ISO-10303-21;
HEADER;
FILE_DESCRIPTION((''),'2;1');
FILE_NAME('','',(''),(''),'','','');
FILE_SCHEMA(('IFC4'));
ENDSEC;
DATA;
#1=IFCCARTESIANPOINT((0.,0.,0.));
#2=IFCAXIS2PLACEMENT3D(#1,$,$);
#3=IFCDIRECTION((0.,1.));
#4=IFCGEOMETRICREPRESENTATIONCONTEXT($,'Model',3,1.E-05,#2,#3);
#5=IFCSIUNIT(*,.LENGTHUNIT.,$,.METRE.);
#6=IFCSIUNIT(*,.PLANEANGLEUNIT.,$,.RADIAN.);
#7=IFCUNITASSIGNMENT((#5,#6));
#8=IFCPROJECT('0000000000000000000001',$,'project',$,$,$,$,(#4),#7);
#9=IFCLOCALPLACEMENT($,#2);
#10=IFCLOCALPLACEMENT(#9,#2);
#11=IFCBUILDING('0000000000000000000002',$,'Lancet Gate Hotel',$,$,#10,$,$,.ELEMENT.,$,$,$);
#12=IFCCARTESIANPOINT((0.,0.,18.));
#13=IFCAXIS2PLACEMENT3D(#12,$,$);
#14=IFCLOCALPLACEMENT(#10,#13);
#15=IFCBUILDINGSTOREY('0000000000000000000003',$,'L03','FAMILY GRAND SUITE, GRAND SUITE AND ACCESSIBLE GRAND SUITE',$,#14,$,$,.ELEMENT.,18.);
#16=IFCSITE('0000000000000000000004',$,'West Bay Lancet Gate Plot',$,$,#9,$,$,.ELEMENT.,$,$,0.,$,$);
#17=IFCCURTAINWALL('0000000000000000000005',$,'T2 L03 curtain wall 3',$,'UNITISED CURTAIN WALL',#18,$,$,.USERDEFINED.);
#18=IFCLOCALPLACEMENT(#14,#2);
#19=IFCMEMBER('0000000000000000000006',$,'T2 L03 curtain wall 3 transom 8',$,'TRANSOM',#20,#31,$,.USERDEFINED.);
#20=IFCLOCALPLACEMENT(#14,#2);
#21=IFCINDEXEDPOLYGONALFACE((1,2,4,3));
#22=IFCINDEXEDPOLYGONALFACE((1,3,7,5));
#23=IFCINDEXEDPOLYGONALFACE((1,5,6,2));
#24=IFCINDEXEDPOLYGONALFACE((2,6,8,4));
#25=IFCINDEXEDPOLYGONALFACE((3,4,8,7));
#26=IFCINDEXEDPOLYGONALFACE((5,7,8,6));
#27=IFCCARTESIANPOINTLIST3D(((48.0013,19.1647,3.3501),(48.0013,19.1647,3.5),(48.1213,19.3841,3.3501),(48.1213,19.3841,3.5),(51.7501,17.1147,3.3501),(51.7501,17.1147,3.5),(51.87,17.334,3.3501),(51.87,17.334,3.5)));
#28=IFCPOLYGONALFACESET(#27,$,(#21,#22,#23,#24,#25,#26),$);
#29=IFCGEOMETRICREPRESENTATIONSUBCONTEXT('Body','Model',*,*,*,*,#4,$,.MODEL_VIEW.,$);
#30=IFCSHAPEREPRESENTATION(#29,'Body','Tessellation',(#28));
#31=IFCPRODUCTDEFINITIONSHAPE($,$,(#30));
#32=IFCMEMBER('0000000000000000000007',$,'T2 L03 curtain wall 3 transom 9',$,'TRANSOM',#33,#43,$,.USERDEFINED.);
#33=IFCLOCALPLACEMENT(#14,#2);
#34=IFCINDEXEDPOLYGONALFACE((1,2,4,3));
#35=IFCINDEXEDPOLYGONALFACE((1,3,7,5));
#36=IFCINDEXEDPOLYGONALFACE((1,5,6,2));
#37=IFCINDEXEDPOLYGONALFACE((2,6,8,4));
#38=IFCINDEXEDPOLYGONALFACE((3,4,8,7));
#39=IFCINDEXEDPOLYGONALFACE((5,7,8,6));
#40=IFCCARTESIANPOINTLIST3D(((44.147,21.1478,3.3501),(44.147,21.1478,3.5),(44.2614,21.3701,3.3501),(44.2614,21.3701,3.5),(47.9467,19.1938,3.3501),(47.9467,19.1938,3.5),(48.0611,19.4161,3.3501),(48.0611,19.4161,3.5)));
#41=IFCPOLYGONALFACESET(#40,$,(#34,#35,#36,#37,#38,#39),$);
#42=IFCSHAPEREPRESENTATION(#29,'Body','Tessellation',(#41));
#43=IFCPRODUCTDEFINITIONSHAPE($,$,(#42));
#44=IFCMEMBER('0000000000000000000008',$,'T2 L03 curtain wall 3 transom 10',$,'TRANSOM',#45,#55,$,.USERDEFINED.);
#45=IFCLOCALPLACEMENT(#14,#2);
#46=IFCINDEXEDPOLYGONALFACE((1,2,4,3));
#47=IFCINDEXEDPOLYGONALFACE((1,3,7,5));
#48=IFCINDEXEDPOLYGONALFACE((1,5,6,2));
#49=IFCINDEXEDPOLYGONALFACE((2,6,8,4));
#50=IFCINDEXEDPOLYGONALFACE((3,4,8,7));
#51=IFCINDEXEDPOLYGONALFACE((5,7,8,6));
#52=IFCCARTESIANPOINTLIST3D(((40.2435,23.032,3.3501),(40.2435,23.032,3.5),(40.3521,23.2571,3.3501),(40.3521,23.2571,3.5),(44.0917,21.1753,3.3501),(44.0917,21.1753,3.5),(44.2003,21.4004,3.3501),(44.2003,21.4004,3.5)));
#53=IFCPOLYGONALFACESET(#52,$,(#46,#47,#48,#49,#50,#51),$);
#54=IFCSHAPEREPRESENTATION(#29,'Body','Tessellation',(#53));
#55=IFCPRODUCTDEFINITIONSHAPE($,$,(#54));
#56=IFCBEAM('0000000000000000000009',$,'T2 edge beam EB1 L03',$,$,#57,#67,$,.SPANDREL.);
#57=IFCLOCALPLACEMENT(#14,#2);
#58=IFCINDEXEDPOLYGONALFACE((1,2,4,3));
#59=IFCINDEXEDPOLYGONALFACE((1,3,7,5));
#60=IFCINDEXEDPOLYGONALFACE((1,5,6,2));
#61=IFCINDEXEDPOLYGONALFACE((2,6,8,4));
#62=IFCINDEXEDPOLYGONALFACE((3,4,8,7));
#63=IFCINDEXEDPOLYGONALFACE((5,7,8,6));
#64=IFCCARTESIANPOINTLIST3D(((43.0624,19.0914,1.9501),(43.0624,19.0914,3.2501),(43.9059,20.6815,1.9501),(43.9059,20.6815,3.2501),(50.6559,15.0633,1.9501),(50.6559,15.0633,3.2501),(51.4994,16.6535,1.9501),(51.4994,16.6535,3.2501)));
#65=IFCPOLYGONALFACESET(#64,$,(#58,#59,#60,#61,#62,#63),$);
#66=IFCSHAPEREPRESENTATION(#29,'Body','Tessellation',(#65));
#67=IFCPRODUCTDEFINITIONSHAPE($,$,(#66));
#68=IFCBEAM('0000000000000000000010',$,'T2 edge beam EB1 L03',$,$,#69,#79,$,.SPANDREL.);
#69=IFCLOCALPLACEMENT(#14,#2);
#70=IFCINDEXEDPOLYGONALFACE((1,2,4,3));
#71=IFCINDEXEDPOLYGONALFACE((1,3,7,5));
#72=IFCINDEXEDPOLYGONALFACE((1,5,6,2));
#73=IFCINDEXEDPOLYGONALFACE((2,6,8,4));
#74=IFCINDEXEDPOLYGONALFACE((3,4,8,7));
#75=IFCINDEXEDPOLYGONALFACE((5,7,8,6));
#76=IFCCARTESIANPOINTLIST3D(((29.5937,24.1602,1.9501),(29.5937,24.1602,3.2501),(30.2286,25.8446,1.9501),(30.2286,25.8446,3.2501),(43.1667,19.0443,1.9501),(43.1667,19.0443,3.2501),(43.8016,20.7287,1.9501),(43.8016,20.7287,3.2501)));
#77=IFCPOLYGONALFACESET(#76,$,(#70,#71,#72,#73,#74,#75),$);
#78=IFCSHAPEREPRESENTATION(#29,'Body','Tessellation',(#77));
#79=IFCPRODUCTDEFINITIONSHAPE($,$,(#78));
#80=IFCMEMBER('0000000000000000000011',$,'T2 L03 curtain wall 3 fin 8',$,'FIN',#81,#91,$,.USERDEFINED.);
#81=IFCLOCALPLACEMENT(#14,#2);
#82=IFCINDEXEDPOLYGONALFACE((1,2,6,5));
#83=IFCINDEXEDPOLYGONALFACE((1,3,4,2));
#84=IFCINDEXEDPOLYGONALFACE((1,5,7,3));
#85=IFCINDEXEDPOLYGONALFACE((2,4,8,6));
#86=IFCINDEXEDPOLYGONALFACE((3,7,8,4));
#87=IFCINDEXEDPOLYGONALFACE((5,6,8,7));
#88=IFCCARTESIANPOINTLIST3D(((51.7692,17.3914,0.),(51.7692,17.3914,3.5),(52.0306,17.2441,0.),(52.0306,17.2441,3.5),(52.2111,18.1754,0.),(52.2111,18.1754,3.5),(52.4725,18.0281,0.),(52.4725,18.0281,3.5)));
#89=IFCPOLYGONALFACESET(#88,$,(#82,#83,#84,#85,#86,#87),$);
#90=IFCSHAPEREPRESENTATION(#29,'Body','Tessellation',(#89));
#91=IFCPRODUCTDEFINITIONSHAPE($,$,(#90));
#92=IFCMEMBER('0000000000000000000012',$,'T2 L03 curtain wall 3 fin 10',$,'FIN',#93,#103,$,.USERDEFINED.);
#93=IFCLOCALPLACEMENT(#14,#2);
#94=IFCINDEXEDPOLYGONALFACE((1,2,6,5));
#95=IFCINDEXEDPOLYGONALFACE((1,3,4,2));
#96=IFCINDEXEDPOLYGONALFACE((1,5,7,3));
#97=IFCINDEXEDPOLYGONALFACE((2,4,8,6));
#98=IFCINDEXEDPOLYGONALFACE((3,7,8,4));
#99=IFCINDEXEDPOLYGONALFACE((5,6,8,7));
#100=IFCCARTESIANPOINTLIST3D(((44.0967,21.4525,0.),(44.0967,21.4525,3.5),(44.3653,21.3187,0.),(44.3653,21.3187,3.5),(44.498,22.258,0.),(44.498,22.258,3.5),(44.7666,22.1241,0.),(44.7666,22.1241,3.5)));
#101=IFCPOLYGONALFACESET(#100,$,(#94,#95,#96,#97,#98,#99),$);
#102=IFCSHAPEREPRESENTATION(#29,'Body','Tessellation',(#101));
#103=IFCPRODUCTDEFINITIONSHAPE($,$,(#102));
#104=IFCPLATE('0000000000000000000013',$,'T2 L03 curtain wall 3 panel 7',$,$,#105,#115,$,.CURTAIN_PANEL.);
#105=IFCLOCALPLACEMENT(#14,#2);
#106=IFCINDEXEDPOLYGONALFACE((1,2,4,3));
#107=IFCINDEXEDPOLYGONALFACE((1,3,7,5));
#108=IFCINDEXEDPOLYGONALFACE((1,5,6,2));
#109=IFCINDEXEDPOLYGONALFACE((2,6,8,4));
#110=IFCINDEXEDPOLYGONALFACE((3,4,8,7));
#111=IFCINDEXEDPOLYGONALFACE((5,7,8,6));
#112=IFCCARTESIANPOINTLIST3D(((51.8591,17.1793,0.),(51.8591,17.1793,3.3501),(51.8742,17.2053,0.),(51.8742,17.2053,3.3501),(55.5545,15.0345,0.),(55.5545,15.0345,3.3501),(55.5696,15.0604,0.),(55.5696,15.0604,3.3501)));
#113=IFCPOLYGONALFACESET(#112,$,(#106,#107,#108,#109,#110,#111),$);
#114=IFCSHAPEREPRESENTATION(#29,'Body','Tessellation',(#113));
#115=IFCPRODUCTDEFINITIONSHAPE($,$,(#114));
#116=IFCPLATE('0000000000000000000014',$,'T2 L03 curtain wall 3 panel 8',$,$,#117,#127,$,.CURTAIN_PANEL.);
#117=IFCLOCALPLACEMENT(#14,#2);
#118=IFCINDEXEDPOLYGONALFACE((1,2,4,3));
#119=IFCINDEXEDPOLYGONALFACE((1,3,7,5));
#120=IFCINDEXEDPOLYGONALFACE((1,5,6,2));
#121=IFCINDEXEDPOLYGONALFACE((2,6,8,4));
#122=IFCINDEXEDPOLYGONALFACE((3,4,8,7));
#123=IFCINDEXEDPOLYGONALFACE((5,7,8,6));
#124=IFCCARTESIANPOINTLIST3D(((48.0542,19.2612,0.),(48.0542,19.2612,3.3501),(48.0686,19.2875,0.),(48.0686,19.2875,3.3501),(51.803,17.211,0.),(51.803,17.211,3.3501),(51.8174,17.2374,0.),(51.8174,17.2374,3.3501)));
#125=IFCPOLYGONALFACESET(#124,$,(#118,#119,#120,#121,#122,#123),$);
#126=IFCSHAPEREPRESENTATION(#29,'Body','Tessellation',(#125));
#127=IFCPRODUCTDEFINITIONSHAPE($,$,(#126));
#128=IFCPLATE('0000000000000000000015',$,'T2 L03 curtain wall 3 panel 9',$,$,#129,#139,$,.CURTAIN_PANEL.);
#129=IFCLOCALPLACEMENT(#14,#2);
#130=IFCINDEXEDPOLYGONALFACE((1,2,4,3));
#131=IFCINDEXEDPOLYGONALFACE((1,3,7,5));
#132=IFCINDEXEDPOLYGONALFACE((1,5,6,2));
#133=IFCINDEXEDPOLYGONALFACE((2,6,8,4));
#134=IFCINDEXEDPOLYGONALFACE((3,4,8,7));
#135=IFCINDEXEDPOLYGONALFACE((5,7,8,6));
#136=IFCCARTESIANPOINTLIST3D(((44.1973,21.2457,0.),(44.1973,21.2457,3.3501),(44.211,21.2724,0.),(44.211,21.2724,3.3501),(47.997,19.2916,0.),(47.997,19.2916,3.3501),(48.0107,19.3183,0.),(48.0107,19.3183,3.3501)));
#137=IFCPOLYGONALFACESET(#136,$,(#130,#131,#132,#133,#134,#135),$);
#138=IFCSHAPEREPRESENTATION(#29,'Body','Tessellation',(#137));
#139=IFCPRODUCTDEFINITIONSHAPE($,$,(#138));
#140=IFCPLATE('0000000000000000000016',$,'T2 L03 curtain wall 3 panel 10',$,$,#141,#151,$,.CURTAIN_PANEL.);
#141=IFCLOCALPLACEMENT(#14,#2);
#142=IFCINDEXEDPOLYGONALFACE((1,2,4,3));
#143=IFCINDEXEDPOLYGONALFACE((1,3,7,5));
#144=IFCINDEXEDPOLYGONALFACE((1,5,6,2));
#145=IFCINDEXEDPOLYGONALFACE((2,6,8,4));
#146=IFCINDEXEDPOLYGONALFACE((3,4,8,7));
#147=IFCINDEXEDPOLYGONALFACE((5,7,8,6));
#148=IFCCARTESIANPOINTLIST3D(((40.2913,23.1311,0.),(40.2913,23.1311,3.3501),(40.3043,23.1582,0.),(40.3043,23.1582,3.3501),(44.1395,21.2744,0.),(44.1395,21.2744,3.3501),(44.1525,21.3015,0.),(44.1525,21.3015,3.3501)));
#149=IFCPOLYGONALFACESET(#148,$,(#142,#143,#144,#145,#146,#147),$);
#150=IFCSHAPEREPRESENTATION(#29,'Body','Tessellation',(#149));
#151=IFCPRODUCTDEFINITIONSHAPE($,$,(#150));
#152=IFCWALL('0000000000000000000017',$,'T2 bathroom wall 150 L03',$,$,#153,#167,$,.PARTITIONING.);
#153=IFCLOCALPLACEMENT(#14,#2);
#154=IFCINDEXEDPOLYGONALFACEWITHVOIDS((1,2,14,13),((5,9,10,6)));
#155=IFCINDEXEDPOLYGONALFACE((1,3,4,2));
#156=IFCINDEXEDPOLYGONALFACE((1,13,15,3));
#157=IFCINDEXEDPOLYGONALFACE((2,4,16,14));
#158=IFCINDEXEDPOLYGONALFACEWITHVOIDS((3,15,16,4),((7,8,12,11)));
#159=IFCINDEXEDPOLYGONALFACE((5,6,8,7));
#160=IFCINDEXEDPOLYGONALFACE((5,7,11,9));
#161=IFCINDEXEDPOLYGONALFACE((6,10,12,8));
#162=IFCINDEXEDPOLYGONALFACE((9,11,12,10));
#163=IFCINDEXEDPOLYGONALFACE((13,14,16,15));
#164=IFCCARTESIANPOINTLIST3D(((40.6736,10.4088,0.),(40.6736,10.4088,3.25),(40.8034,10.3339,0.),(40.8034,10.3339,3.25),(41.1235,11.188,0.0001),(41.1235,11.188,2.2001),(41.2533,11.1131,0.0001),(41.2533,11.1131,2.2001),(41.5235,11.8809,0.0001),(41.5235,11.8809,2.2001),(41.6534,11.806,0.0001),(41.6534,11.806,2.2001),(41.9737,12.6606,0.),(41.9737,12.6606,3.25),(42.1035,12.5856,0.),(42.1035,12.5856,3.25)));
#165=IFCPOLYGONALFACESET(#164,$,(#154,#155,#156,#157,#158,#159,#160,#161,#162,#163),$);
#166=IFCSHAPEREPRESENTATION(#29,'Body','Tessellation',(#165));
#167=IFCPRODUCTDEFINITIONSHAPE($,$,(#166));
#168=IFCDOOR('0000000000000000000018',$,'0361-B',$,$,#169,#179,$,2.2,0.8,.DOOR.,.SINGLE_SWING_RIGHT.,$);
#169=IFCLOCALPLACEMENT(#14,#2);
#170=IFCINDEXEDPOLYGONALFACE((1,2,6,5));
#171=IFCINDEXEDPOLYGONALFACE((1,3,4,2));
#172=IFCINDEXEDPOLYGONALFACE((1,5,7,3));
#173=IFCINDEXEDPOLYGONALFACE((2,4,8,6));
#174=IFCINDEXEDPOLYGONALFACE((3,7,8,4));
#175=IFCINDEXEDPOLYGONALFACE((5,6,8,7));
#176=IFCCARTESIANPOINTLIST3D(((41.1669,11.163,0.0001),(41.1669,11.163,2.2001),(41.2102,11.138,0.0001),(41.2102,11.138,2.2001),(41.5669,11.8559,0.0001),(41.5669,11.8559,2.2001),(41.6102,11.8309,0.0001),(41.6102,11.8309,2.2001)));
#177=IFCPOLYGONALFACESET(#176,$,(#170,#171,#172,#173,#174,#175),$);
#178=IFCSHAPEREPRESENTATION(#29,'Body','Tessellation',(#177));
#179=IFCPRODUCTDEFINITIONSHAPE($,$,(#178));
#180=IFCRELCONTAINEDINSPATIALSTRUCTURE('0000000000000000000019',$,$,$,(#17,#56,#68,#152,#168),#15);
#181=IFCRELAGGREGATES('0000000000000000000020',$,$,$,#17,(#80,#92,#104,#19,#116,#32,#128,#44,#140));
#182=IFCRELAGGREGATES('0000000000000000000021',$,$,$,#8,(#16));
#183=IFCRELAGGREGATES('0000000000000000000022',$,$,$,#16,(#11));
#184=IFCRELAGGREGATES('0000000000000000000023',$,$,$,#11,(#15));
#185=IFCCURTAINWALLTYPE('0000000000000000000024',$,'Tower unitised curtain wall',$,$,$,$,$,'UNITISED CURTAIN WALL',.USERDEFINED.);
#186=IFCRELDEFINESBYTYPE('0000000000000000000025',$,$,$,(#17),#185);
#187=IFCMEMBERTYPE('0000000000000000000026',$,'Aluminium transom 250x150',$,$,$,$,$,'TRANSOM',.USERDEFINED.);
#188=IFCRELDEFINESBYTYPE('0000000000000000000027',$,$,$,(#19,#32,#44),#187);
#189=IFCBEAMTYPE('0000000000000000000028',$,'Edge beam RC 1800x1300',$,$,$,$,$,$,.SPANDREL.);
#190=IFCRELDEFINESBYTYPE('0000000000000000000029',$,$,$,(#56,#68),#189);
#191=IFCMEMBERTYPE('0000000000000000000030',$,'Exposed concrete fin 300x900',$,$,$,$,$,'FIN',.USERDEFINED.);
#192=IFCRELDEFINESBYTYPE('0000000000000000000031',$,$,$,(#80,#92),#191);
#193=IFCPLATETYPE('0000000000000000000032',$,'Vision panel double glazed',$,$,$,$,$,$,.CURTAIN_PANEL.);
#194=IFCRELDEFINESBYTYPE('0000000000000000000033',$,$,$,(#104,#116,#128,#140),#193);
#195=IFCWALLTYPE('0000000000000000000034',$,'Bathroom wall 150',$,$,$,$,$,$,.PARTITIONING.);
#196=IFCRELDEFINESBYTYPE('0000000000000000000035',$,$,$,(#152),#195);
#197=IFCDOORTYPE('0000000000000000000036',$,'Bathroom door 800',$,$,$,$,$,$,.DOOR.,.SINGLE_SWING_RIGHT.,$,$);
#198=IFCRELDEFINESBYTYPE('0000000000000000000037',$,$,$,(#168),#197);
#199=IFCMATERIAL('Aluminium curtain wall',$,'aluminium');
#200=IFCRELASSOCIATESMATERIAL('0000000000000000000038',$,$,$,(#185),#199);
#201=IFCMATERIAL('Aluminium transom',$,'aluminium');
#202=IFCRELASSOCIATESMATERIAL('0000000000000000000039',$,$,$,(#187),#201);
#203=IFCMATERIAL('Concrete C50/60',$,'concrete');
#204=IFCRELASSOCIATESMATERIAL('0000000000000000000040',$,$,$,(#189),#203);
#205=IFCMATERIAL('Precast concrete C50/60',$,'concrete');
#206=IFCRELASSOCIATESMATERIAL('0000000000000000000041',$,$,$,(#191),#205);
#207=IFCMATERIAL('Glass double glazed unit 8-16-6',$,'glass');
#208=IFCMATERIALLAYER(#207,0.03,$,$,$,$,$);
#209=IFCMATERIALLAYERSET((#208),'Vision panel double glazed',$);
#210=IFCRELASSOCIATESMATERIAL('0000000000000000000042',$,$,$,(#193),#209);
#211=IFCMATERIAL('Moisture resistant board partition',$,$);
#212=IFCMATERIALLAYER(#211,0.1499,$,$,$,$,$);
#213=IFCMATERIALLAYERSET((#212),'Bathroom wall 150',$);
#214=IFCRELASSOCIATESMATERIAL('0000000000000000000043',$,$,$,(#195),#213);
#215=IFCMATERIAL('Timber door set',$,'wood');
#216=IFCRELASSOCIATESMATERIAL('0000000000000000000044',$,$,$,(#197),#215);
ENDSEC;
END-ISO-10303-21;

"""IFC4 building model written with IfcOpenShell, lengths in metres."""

from ifc_helpers import new_model, si_unit, direction, frame, frame_2d, origin, origin_2d, place, context, subcontext, project, spatial, rectangle, extrude, material, layer, layer_set, material_profile, profile_set, type_object, element, fill, aggregate, save


model = new_model("IFC4")

# Units and contexts
model_context = context("Model", 3, precision=1e-05, world=origin(), true_north=direction((0.0, 1.0)))
body_context = subcontext(model_context, "Body", "Model", "MODEL_VIEW")
ifc_project = project(units=[si_unit("LENGTHUNIT", "METRE"), si_unit("PLANEANGLEUNIT", "RADIAN")], contexts=[model_context])

# Site, building, storey
site_placement = place(None, origin())
site = spatial("IfcSite", under=ifc_project, at=site_placement, Name="West Bay Lancet Gate Plot", CompositionType="ELEMENT", RefElevation=0.0)
building_placement = place(site_placement, origin())
building = spatial("IfcBuilding", under=site, at=building_placement, Name="Lancet Gate Hotel", CompositionType="ELEMENT")
storey_placement = place(building_placement, frame((0.0, 0.0, 18.0)))
storey = spatial("IfcBuildingStorey", under=building, at=storey_placement, Name="L03", Description="FAMILY GRAND SUITE, GRAND SUITE AND ACCESSIBLE GRAND SUITE", CompositionType="ELEMENT", Elevation=18.0)

# Curtain wall, members
ifc_material_1 = material(Name="Aluminium curtain wall", Category="aluminium")
curtain_wall_type = type_object("IfcCurtainWallType", Name="Tower unitised curtain wall", ElementType="UNITISED CURTAIN WALL", PredefinedType="USERDEFINED", material=ifc_material_1)
curtain_wall_placement = place(storey_placement, origin())
curtain_wall = element("IfcCurtainWall", 1, at=curtain_wall_placement, inside=storey, type_object=curtain_wall_type, Name="T2 L03 curtain wall 3", ObjectType="UNITISED CURTAIN WALL", PredefinedType="USERDEFINED")
ifc_material_2 = material(Name="Aluminium transom", Category="aluminium")
ifc_material_profile_1 = material_profile(ifc_material_2, rectangle(XDim=0.25, YDim=0.1499, at=origin_2d()), Name="TRANSOM 250x150")
ifc_profile_set_1 = profile_set([ifc_material_profile_1], Name="Aluminium transom")
member_type_1 = type_object("IfcMemberType", Name="Aluminium transom 250x150", ElementType="TRANSOM", PredefinedType="USERDEFINED", material=ifc_profile_set_1)
member_1_placement = place(storey_placement, frame((51.8101, 17.2244, 3.425), z_axis=(-0.877378, 0.479801, 0.0), x_axis=(-0.479801, -0.877378, 0.0)))
member_1 = element("IfcMember", 2, at=member_1_placement, type_object=member_type_1, Name="T2 L03 curtain wall 3 transom 8", ObjectType="TRANSOM", PredefinedType="USERDEFINED", context=body_context, shape_type="SweptSolid", body=[
    extrude(rectangle(XDim=0.25, YDim=0.1499, at=origin_2d()), origin(), (0.0, 0.0, 1.0), 4.2727),
])
member_2_placement = place(storey_placement, frame((48.0039, 19.3049, 3.425), z_axis=(-0.889296, 0.457333, 0.0), x_axis=(-0.457333, -0.889296, 0.0)))
member_2 = element("IfcMember", 3, at=member_2_placement, type_object=member_type_1, Name="T2 L03 curtain wall 3 transom 9", ObjectType="TRANSOM", PredefinedType="USERDEFINED", context=body_context, shape_type="SweptSolid", body=[
    extrude(rectangle(XDim=0.25, YDim=0.1499, at=origin_2d()), origin(), (0.0, 0.0, 1.0), 4.2727),
])
member_3_placement = place(storey_placement, frame((44.146, 21.2878, 3.425), z_axis=(-0.900646, 0.434553, 0.0), x_axis=(-0.434553, -0.900646, 0.0)))
member_3 = element("IfcMember", 4, at=member_3_placement, type_object=member_type_1, Name="T2 L03 curtain wall 3 transom 10", ObjectType="TRANSOM", PredefinedType="USERDEFINED", context=body_context, shape_type="SweptSolid", body=[
    extrude(rectangle(XDim=0.25, YDim=0.1499, at=origin_2d()), origin(), (0.0, 0.0, 1.0), 4.2727),
])

# Beams
ifc_material_3 = material(Name="Concrete C50/60", Category="concrete")
ifc_material_profile_2 = material_profile(ifc_material_3, rectangle(XDim=1.8, YDim=1.3, at=origin_2d()), Name="RC 1800x1300")
ifc_profile_set_2 = profile_set([ifc_material_profile_2], Name="Concrete C50/60")
beam_type = type_object("IfcBeamType", Name="Edge beam RC 1800x1300", PredefinedType="SPANDREL", material=ifc_profile_set_2)
beam_1_placement = place(storey_placement, frame((51.0776, 15.8584, 2.6001), z_axis=(-0.883403, 0.468613, 0.0), x_axis=(-0.468613, -0.883403, 0.0)))
element("IfcBeam", 5, at=beam_1_placement, inside=storey, type_object=beam_type, Name="T2 edge beam EB1 L03", PredefinedType="SPANDREL", context=body_context, shape_type="SweptSolid", body=[
    extrude(rectangle(XDim=1.8, YDim=1.3, at=origin_2d()), origin(), (0.0, 0.0, 1.0), 8.5957),
])
beam_2_placement = place(storey_placement, frame((43.4841, 19.8865, 2.6001), z_axis=(-0.935736, 0.3527, 0.0), x_axis=(-0.3527, -0.935736, 0.0)))
element("IfcBeam", 6, at=beam_2_placement, inside=storey, type_object=beam_type, Name="T2 edge beam EB1 L03", PredefinedType="SPANDREL", context=body_context, shape_type="SweptSolid", body=[
    extrude(rectangle(XDim=1.8, YDim=1.3, at=origin_2d()), origin(), (0.0, 0.0, 1.0), 14.5051),
])

# Members
ifc_material_4 = material(Name="Precast concrete C50/60", Category="concrete")
ifc_material_profile_3 = material_profile(ifc_material_4, rectangle(XDim=0.3, YDim=0.8999, at=origin_2d()), Name="FIN 300x900")
ifc_profile_set_3 = profile_set([ifc_material_profile_3], Name="Precast concrete C50/60")
member_type_2 = type_object("IfcMemberType", Name="Exposed concrete fin 300x900", ElementType="FIN", PredefinedType="USERDEFINED", material=ifc_profile_set_3)
member_4_placement = place(storey_placement, frame((52.1208, 17.7097, 0.0), z_axis=(0.0, 0.0, 1.0), x_axis=(-0.87119, 0.490945, 0.0)))
member_4 = element("IfcMember", 7, at=member_4_placement, type_object=member_type_2, Name="T2 L03 curtain wall 3 fin 8", ObjectType="FIN", PredefinedType="USERDEFINED", context=body_context, shape_type="SweptSolid", body=[
    extrude(rectangle(XDim=0.3, YDim=0.8999, at=origin_2d()), origin(), (0.0, 0.0, 1.0), 3.5),
])
member_5_placement = place(storey_placement, frame((44.4316, 21.7883, 0.0), z_axis=(0.0, 0.0, 1.0), x_axis=(-0.895044, 0.445978, 0.0)))
member_5 = element("IfcMember", 8, at=member_5_placement, type_object=member_type_2, Name="T2 L03 curtain wall 3 fin 10", ObjectType="FIN", PredefinedType="USERDEFINED", context=body_context, shape_type="SweptSolid", body=[
    extrude(rectangle(XDim=0.3, YDim=0.8999, at=origin_2d()), origin(), (0.0, 0.0, 1.0), 3.5),
])

# Plates
ifc_material_5 = material(Name="Glass double glazed unit 8-16-6", Category="glass")
ifc_layer_1 = layer(ifc_material_5, 0.03)
ifc_layer_set_1 = layer_set([ifc_layer_1], Name="Vision panel double glazed")
plate_type = type_object("IfcPlateType", Name="Vision panel double glazed", PredefinedType="CURTAIN_PANEL", material=ifc_layer_set_1)
plate_1_placement = place(storey_placement, frame((53.7144, 16.1199, 0.0), z_axis=(0.0, 0.0, 1.0), x_axis=(-0.864872, 0.501993, 0.0)))
plate_1 = element("IfcPlate", 9, at=plate_1_placement, type_object=plate_type, Name="T2 L03 curtain wall 3 panel 7", PredefinedType="CURTAIN_PANEL", context=body_context, shape_type="SweptSolid", body=[
    extrude(rectangle(XDim=4.2727, YDim=0.03, at=origin_2d()), origin(), (0.0, 0.0, 1.0), 3.3501),
])
plate_2_placement = place(storey_placement, frame((49.9358, 18.2493, 0.0), z_axis=(0.0, 0.0, 1.0), x_axis=(-0.877368, 0.479818, 0.0)))
plate_2 = element("IfcPlate", 10, at=plate_2_placement, type_object=plate_type, Name="T2 L03 curtain wall 3 panel 8", PredefinedType="CURTAIN_PANEL", context=body_context, shape_type="SweptSolid", body=[
    extrude(rectangle(XDim=4.2727, YDim=0.03, at=origin_2d()), origin(), (0.0, 0.0, 1.0), 3.3501),
])
plate_3_placement = place(storey_placement, frame((46.104, 20.282, 0.0), z_axis=(0.0, 0.0, 1.0), x_axis=(-0.889296, 0.457332, 0.0)))
plate_3 = element("IfcPlate", 11, at=plate_3_placement, type_object=plate_type, Name="T2 L03 curtain wall 3 panel 9", PredefinedType="CURTAIN_PANEL", context=body_context, shape_type="SweptSolid", body=[
    extrude(rectangle(XDim=4.2727, YDim=0.03, at=origin_2d()), origin(), (0.0, 0.0, 1.0), 3.3501),
])
plate_4_placement = place(storey_placement, frame((42.2219, 22.2163, 0.0), z_axis=(0.0, 0.0, 1.0), x_axis=(-0.900647, 0.43455, 0.0)))
plate_4 = element("IfcPlate", 12, at=plate_4_placement, type_object=plate_type, Name="T2 L03 curtain wall 3 panel 10", PredefinedType="CURTAIN_PANEL", context=body_context, shape_type="SweptSolid", body=[
    extrude(rectangle(XDim=4.2727, YDim=0.03, at=origin_2d()), origin(), (0.0, 0.0, 1.0), 3.3501),
])
aggregate(curtain_wall, [member_4, member_5, plate_1, member_1, plate_2, member_2, plate_3, member_3, plate_4])

# Wall, opening, door
ifc_material_6 = material(Name="Moisture resistant board partition")
ifc_layer_2 = layer(ifc_material_6, 0.1499)
ifc_layer_set_2 = layer_set([ifc_layer_2], Name="Bathroom wall 150")
wall_type = type_object("IfcWallType", Name="Bathroom wall 150", PredefinedType="PARTITIONING", material=ifc_layer_set_2)
wall_placement = place(storey_placement, frame((40.7385, 10.3713, 0.0), z_axis=(0.0, 0.0, 1.0), x_axis=(0.500007, 0.866021, 0.0)))
wall = element("IfcWall", 13, at=wall_placement, inside=storey, type_object=wall_type, Name="T2 bathroom wall 150 L03", PredefinedType="PARTITIONING", context=body_context, shape_type="SweptSolid", body=[
    extrude(rectangle(XDim=2.6001, YDim=0.1499, at=frame_2d((1.3, 0.0))), origin(), (0.0, 0.0, 1.0), 3.25),
])
opening_placement = place(wall_placement, frame((0.8999, 0.0, 0.0)))
opening = element("IfcOpeningElement", 14, at=opening_placement, cuts=wall, PredefinedType="OPENING", context=body_context, shape_type="SweptSolid", body=[
    extrude(rectangle(XDim=0.8, YDim=2.2, at=frame_2d((0.3999, 1.1001))), frame((0.0, 0.085, 0.0), z_axis=(0.0, -1.0, 0.0), x_axis=(1.0, 0.0, 0.0)), (0.0, 0.0, 1.0), 0.1699),
])
ifc_material_7 = material(Name="Timber door set", Category="wood")
door_type = type_object("IfcDoorType", Name="Bathroom door 800", OperationType="SINGLE_SWING_RIGHT", PredefinedType="DOOR", material=ifc_material_7)
door_placement = place(opening_placement, origin())
door = element("IfcDoor", 15, at=door_placement, inside=storey, type_object=door_type, Name="0361-B", OperationType="SINGLE_SWING_RIGHT", OverallHeight=2.2, OverallWidth=0.8, PredefinedType="DOOR", context=body_context, shape_type="SweptSolid", body=[
    extrude(rectangle(XDim=0.8, YDim=2.2, at=frame_2d((0.3999, 1.1001))), frame((0.0, 0.0249, 0.0), z_axis=(0.0, -1.0, 0.0), x_axis=(1.0, 0.0, 0.0)), (0.0, 0.0, 1.0), 0.05),
])
fill(opening, door)

save(model, "model.ifc")
